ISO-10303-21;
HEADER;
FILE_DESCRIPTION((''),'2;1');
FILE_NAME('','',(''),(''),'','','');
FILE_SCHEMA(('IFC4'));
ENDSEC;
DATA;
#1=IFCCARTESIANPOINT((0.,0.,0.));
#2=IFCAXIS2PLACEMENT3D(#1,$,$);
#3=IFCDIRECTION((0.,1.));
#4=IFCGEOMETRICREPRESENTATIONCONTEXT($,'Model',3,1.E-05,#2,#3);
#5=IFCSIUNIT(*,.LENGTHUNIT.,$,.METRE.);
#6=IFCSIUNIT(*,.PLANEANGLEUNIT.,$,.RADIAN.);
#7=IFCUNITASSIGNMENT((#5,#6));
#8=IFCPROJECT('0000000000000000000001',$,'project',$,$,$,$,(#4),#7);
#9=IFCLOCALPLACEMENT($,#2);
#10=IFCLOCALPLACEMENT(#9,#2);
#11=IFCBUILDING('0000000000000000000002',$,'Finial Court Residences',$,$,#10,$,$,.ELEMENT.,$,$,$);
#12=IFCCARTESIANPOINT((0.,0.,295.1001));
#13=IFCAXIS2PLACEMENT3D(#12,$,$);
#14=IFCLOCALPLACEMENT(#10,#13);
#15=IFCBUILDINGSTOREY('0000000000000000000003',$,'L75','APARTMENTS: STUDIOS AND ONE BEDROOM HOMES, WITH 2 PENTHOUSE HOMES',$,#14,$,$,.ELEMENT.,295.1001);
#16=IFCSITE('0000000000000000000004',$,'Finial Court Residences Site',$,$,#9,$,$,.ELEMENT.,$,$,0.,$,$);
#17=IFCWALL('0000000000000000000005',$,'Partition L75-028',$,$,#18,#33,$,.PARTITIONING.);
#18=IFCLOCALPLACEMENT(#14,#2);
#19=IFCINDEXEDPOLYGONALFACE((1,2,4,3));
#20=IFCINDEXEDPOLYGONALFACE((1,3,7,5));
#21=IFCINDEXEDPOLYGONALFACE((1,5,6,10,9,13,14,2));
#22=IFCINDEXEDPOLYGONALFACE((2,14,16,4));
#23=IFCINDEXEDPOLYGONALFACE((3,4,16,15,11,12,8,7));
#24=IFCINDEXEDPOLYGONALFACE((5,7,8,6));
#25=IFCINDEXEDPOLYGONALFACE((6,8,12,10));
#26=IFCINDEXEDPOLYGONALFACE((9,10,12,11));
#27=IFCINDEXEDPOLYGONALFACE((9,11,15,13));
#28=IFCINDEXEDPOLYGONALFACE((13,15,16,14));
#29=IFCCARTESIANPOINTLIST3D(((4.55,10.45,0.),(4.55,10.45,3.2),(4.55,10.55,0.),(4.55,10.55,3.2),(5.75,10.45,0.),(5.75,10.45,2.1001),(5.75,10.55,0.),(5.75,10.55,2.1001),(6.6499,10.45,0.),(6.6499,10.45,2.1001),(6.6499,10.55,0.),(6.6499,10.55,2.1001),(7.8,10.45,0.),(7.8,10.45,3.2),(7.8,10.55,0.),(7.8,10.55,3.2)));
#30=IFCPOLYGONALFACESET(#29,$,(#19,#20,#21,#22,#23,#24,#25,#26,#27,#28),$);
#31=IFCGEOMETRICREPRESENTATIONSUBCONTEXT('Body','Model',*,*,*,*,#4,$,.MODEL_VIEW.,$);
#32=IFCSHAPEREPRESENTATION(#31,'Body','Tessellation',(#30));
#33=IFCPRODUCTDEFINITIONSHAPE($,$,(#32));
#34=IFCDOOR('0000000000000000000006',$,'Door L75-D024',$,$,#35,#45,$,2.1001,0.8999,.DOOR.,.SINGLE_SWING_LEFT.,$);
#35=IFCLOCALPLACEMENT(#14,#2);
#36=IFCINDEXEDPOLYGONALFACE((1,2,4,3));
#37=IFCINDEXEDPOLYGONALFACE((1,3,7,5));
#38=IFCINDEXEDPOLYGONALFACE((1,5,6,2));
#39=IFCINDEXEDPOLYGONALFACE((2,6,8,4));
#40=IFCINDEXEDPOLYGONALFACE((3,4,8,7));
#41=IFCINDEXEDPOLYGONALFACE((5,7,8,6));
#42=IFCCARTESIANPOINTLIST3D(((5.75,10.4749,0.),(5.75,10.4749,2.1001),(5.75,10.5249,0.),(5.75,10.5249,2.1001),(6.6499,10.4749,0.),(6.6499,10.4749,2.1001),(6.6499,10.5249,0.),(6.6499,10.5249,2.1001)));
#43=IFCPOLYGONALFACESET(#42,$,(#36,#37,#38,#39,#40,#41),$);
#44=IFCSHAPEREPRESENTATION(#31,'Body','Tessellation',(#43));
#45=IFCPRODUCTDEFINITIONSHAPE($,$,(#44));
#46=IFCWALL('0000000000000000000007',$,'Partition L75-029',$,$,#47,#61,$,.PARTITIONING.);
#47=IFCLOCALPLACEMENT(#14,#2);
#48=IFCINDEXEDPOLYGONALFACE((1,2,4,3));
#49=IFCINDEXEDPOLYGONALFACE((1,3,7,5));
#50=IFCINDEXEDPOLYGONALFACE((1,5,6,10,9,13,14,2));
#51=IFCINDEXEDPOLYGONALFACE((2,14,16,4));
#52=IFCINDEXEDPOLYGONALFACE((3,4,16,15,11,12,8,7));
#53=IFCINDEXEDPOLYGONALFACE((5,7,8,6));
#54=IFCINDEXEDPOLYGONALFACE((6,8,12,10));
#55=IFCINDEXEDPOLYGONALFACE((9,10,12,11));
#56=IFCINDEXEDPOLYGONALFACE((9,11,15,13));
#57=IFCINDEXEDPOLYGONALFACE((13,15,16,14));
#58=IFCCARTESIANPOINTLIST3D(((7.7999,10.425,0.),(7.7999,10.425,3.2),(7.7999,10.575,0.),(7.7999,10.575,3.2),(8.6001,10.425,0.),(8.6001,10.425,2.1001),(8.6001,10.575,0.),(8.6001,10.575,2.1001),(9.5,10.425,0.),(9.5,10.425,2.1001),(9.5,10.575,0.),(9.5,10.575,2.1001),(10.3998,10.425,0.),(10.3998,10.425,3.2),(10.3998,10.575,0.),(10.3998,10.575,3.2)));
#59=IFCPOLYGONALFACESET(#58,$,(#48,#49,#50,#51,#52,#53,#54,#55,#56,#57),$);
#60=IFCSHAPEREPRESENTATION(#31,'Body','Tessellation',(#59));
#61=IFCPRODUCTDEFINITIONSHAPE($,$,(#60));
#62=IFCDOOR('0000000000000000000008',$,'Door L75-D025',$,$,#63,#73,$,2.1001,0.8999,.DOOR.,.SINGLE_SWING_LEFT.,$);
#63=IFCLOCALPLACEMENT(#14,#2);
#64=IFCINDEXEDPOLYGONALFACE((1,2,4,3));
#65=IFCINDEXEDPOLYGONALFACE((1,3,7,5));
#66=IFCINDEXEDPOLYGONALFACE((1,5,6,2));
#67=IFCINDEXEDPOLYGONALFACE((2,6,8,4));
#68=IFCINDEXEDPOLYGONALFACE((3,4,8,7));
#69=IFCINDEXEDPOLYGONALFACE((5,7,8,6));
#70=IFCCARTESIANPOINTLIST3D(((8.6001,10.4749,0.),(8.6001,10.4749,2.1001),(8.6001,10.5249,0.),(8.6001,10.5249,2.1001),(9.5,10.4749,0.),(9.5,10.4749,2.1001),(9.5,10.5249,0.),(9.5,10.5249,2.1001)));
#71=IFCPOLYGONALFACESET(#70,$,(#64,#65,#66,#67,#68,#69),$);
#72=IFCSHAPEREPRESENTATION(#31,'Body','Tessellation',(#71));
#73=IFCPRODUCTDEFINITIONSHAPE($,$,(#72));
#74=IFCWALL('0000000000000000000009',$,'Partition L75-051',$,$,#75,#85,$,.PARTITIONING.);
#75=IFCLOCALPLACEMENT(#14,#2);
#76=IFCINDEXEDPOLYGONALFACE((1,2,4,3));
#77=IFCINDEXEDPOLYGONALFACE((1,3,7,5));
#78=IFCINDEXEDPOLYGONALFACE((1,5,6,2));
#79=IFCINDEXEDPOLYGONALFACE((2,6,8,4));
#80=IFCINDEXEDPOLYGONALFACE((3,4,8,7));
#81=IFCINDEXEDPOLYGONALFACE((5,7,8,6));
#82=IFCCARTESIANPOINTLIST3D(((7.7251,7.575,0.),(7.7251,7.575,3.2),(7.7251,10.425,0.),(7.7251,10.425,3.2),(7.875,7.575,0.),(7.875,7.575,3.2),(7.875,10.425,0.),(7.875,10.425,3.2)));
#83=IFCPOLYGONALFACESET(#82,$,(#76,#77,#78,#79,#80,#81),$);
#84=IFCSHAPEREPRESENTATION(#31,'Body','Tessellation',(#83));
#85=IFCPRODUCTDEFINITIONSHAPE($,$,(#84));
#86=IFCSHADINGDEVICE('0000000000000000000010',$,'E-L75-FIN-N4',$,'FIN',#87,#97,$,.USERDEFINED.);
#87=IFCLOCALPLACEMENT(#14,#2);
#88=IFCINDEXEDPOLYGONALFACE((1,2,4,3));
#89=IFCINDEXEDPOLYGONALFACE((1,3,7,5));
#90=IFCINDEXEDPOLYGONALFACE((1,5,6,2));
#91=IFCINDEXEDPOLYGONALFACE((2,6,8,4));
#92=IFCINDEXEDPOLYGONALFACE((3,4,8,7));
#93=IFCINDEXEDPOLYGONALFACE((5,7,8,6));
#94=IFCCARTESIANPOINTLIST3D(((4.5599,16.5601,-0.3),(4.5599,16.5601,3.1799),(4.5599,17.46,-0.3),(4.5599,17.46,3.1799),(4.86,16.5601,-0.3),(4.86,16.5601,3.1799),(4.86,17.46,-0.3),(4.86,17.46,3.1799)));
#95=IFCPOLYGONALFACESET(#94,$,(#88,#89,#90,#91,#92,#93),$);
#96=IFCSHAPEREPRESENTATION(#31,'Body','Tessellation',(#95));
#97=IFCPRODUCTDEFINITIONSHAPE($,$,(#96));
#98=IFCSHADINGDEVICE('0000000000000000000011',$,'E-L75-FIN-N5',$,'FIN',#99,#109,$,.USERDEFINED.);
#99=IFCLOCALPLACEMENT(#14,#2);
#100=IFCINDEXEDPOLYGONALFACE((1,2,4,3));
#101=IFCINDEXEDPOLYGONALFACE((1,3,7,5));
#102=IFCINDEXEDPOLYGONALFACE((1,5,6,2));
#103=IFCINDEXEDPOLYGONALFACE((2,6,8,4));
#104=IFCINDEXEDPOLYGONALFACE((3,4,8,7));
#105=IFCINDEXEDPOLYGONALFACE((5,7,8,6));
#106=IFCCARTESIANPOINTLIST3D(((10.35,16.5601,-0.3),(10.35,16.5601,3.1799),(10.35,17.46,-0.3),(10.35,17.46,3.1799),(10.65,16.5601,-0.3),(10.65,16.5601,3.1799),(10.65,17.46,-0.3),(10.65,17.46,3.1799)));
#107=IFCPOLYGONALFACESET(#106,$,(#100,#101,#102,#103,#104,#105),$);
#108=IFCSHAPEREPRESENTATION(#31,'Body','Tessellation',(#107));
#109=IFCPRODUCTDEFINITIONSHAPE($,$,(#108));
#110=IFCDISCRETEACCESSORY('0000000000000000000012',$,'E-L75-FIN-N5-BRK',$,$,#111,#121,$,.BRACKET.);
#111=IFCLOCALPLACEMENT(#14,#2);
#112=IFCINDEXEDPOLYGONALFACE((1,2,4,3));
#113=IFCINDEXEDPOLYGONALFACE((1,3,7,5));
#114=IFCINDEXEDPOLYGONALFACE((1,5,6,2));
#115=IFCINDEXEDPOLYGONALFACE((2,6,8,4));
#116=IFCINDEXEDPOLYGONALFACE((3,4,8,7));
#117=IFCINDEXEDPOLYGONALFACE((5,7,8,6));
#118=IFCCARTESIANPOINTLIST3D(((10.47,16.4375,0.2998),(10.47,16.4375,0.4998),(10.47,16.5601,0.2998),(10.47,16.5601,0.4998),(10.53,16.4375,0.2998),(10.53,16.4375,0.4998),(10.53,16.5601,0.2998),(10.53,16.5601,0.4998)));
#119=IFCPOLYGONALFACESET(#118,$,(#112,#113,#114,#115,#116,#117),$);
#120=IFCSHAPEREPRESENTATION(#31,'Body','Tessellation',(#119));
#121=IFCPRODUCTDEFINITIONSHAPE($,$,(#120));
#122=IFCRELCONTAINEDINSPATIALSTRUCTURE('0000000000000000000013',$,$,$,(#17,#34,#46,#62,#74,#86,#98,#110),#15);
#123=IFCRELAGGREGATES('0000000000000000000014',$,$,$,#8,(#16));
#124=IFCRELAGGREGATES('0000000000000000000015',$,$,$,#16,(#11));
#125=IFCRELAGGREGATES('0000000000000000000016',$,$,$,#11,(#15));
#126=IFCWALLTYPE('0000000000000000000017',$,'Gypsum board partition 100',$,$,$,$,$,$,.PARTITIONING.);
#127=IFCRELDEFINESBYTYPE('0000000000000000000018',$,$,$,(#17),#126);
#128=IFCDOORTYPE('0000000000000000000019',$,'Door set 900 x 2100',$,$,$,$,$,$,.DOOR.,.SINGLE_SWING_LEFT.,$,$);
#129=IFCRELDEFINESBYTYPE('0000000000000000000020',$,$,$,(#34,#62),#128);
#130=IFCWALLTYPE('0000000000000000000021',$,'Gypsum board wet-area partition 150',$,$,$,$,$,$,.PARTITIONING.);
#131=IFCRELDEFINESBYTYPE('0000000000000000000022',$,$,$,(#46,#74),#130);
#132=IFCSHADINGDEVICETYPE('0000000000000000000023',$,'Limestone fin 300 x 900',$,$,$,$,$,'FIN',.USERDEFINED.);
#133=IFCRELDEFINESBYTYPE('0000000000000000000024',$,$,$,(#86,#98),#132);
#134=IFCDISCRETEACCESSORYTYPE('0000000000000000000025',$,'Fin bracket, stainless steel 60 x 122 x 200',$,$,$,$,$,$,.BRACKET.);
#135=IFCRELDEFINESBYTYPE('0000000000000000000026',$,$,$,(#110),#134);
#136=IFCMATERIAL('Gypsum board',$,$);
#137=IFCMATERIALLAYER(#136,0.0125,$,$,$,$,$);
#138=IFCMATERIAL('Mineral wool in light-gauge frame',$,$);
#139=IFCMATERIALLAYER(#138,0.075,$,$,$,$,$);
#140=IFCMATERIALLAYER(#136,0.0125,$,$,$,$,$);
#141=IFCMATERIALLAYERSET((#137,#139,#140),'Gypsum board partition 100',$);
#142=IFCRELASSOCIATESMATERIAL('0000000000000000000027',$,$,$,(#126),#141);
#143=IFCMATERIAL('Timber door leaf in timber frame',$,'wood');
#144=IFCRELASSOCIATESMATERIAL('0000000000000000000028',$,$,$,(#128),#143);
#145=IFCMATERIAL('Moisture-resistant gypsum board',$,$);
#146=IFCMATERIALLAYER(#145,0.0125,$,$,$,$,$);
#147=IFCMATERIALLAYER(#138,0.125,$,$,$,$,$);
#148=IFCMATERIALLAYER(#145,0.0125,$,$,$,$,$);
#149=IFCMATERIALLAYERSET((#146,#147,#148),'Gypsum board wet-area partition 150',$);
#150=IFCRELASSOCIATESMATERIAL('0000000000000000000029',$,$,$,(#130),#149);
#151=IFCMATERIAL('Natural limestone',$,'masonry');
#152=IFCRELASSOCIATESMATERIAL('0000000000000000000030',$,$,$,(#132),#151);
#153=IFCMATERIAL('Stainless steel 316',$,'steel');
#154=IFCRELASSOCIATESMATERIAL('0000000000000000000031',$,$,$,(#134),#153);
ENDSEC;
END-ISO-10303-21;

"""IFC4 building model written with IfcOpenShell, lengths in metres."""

from ifc_helpers import new_model, si_unit, direction, frame, frame_2d, origin, origin_2d, place, context, subcontext, project, spatial, rectangle, extrude, material, layer, layer_set, type_object, element, fill, save


model = new_model("IFC4")

# Units and contexts
model_context = context("Model", 3, precision=1e-05, world=origin(), true_north=direction((0.0, 1.0)))
body_context = subcontext(model_context, "Body", "Model", "MODEL_VIEW")
ifc_project = project(units=[si_unit("LENGTHUNIT", "METRE"), si_unit("PLANEANGLEUNIT", "RADIAN")], contexts=[model_context])

# Site, building, storey
site_placement = place(None, origin())
site = spatial("IfcSite", under=ifc_project, at=site_placement, Name="Finial Court Residences Site", CompositionType="ELEMENT", RefElevation=0.0)
building_placement = place(site_placement, origin())
building = spatial("IfcBuilding", under=site, at=building_placement, Name="Finial Court Residences", CompositionType="ELEMENT")
storey_placement = place(building_placement, frame((0.0, 0.0, 295.1001)))
storey = spatial("IfcBuildingStorey", under=building, at=storey_placement, Name="L75", Description="APARTMENTS: STUDIOS AND ONE BEDROOM HOMES, WITH 2 PENTHOUSE HOMES", CompositionType="ELEMENT", Elevation=295.1001)

# Shared definitions
ifc_material_1 = material(Name="Gypsum board")

# Walls, openings, doors
ifc_layer_1 = layer(ifc_material_1, 0.0125)
ifc_material_2 = material(Name="Mineral wool in light-gauge frame")
ifc_layer_2 = layer(ifc_material_2, 0.075)
ifc_layer_3 = layer(ifc_material_1, 0.0125)
ifc_layer_set_1 = layer_set([ifc_layer_1, ifc_layer_2, ifc_layer_3], Name="Gypsum board partition 100")
wall_type_1 = type_object("IfcWallType", Name="Gypsum board partition 100", PredefinedType="PARTITIONING", material=ifc_layer_set_1)
wall_1_placement = place(storey_placement, frame((4.55, 10.5, 0.0), z_axis=(0.0, 0.0, 1.0), x_axis=(1.0, 0.0, 0.0)))
wall_1 = element("IfcWall", 1, at=wall_1_placement, inside=storey, type_object=wall_type_1, Name="Partition L75-028", PredefinedType="PARTITIONING", context=body_context, shape_type="SweptSolid", body=[
    extrude(rectangle(XDim=3.25, YDim=0.1001, at=frame_2d((1.625, 0.0))), origin(), (0.0, 0.0, 1.0), 3.2),
])
opening_1_placement = place(wall_1_placement, frame((1.2, 0.0, 0.0)))
opening_1 = element("IfcOpeningElement", 2, at=opening_1_placement, cuts=wall_1, PredefinedType="OPENING", context=body_context, shape_type="SweptSolid", body=[
    extrude(rectangle(XDim=0.8999, YDim=2.1001, at=frame_2d((0.45, 1.05))), frame((0.0, 0.0601, 0.0), z_axis=(0.0, -1.0, 0.0), x_axis=(1.0, 0.0, 0.0)), (0.0, 0.0, 1.0), 0.1201),
])
ifc_material_3 = material(Name="Timber door leaf in timber frame", Category="wood")
door_type = type_object("IfcDoorType", Name="Door set 900 x 2100", OperationType="SINGLE_SWING_LEFT", PredefinedType="DOOR", material=ifc_material_3)
door_1_placement = place(opening_1_placement, origin())
door_1 = element("IfcDoor", 3, at=door_1_placement, inside=storey, type_object=door_type, Name="Door L75-D024", OperationType="SINGLE_SWING_LEFT", OverallHeight=2.1001, OverallWidth=0.8999, PredefinedType="DOOR", context=body_context, shape_type="SweptSolid", body=[
    extrude(rectangle(XDim=0.8999, YDim=2.1001, at=frame_2d((0.45, 1.05))), frame((0.0, 0.0249, 0.0), z_axis=(0.0, -1.0, 0.0), x_axis=(1.0, 0.0, 0.0)), (0.0, 0.0, 1.0), 0.05),
])
fill(opening_1, door_1)
ifc_material_4 = material(Name="Moisture-resistant gypsum board")
ifc_layer_4 = layer(ifc_material_4, 0.0125)
ifc_layer_5 = layer(ifc_material_2, 0.125)
ifc_layer_6 = layer(ifc_material_4, 0.0125)
ifc_layer_set_2 = layer_set([ifc_layer_4, ifc_layer_5, ifc_layer_6], Name="Gypsum board wet-area partition 150")
wall_type_2 = type_object("IfcWallType", Name="Gypsum board wet-area partition 150", PredefinedType="PARTITIONING", material=ifc_layer_set_2)
wall_2_placement = place(storey_placement, frame((7.8, 10.5, 0.0), z_axis=(0.0, 0.0, 1.0), x_axis=(1.0, 0.0, 0.0)))
wall_2 = element("IfcWall", 4, at=wall_2_placement, inside=storey, type_object=wall_type_2, Name="Partition L75-029", PredefinedType="PARTITIONING", context=body_context, shape_type="SweptSolid", body=[
    extrude(rectangle(XDim=2.5999, YDim=0.1499, at=frame_2d((1.2998, 0.0))), origin(), (0.0, 0.0, 1.0), 3.2),
])
opening_2_placement = place(wall_2_placement, frame((0.8, 0.0, 0.0)))
opening_2 = element("IfcOpeningElement", 5, at=opening_2_placement, cuts=wall_2, PredefinedType="OPENING", context=body_context, shape_type="SweptSolid", body=[
    extrude(rectangle(XDim=0.8999, YDim=2.1001, at=frame_2d((0.45, 1.05))), frame((0.0, 0.085, 0.0), z_axis=(0.0, -1.0, 0.0), x_axis=(1.0, 0.0, 0.0)), (0.0, 0.0, 1.0), 0.1699),
])
door_2_placement = place(opening_2_placement, origin())
door_2 = element("IfcDoor", 6, at=door_2_placement, inside=storey, type_object=door_type, Name="Door L75-D025", OperationType="SINGLE_SWING_LEFT", OverallHeight=2.1001, OverallWidth=0.8999, PredefinedType="DOOR", context=body_context, shape_type="SweptSolid", body=[
    extrude(rectangle(XDim=0.8999, YDim=2.1001, at=frame_2d((0.45, 1.05))), frame((0.0, 0.0249, 0.0), z_axis=(0.0, -1.0, 0.0), x_axis=(1.0, 0.0, 0.0)), (0.0, 0.0, 1.0), 0.05),
])
fill(opening_2, door_2)

# Wall
wall_3_placement = place(storey_placement, frame((7.8, 7.575, 0.0), z_axis=(0.0, 0.0, 1.0), x_axis=(0.0, 1.0, 0.0)))
element("IfcWall", 7, at=wall_3_placement, inside=storey, type_object=wall_type_2, Name="Partition L75-051", PredefinedType="PARTITIONING", context=body_context, shape_type="SweptSolid", body=[
    extrude(rectangle(XDim=2.8501, YDim=0.1499, at=frame_2d((1.425, 0.0))), origin(), (0.0, 0.0, 1.0), 3.2),
])

# Shading devices
ifc_material_5 = material(Name="Natural limestone", Category="masonry")
shading_device_type = type_object("IfcShadingDeviceType", Name="Limestone fin 300 x 900", ElementType="FIN", PredefinedType="USERDEFINED", material=ifc_material_5)
for number, where, z_axis, x_axis, name in (
    (8, (4.71, 17.01, -0.3), (0.0, 0.0, 1.0), (1.0, 0.0, 0.0), "E-L75-FIN-N4"),
    (9, (10.5, 17.01, -0.3), (0.0, 0.0, 1.0), (1.0, 0.0, 0.0), "E-L75-FIN-N5"),
):
    element("IfcShadingDevice", number, at=place(storey_placement, frame(where, z_axis=z_axis, x_axis=x_axis)), inside=storey, type_object=shading_device_type, Name=name, ObjectType="FIN", PredefinedType="USERDEFINED", context=body_context, shape_type="SweptSolid", body=[
        extrude(rectangle(XDim=0.3, YDim=0.8999, at=origin_2d()), origin(), (0.0, 0.0, 1.0), 3.48),
    ])

# Discrete accessory
ifc_material_6 = material(Name="Stainless steel 316", Category="steel")
discrete_accessory_type = type_object("IfcDiscreteAccessoryType", Name="Fin bracket, stainless steel 60 x 122 x 200", PredefinedType="BRACKET", material=ifc_material_6)
discrete_accessory_placement = place(storey_placement, frame((10.5, 16.4988, 0.2998), z_axis=(0.0, 0.0, 1.0), x_axis=(1.0, 0.0, 0.0)))
element("IfcDiscreteAccessory", 10, at=discrete_accessory_placement, inside=storey, type_object=discrete_accessory_type, Name="E-L75-FIN-N5-BRK", PredefinedType="BRACKET", context=body_context, shape_type="SweptSolid", body=[
    extrude(rectangle(XDim=0.0601, YDim=0.1226, at=origin_2d()), origin(), (0.0, 0.0, 1.0), 0.2),
])

save(model, "model.ifc")
